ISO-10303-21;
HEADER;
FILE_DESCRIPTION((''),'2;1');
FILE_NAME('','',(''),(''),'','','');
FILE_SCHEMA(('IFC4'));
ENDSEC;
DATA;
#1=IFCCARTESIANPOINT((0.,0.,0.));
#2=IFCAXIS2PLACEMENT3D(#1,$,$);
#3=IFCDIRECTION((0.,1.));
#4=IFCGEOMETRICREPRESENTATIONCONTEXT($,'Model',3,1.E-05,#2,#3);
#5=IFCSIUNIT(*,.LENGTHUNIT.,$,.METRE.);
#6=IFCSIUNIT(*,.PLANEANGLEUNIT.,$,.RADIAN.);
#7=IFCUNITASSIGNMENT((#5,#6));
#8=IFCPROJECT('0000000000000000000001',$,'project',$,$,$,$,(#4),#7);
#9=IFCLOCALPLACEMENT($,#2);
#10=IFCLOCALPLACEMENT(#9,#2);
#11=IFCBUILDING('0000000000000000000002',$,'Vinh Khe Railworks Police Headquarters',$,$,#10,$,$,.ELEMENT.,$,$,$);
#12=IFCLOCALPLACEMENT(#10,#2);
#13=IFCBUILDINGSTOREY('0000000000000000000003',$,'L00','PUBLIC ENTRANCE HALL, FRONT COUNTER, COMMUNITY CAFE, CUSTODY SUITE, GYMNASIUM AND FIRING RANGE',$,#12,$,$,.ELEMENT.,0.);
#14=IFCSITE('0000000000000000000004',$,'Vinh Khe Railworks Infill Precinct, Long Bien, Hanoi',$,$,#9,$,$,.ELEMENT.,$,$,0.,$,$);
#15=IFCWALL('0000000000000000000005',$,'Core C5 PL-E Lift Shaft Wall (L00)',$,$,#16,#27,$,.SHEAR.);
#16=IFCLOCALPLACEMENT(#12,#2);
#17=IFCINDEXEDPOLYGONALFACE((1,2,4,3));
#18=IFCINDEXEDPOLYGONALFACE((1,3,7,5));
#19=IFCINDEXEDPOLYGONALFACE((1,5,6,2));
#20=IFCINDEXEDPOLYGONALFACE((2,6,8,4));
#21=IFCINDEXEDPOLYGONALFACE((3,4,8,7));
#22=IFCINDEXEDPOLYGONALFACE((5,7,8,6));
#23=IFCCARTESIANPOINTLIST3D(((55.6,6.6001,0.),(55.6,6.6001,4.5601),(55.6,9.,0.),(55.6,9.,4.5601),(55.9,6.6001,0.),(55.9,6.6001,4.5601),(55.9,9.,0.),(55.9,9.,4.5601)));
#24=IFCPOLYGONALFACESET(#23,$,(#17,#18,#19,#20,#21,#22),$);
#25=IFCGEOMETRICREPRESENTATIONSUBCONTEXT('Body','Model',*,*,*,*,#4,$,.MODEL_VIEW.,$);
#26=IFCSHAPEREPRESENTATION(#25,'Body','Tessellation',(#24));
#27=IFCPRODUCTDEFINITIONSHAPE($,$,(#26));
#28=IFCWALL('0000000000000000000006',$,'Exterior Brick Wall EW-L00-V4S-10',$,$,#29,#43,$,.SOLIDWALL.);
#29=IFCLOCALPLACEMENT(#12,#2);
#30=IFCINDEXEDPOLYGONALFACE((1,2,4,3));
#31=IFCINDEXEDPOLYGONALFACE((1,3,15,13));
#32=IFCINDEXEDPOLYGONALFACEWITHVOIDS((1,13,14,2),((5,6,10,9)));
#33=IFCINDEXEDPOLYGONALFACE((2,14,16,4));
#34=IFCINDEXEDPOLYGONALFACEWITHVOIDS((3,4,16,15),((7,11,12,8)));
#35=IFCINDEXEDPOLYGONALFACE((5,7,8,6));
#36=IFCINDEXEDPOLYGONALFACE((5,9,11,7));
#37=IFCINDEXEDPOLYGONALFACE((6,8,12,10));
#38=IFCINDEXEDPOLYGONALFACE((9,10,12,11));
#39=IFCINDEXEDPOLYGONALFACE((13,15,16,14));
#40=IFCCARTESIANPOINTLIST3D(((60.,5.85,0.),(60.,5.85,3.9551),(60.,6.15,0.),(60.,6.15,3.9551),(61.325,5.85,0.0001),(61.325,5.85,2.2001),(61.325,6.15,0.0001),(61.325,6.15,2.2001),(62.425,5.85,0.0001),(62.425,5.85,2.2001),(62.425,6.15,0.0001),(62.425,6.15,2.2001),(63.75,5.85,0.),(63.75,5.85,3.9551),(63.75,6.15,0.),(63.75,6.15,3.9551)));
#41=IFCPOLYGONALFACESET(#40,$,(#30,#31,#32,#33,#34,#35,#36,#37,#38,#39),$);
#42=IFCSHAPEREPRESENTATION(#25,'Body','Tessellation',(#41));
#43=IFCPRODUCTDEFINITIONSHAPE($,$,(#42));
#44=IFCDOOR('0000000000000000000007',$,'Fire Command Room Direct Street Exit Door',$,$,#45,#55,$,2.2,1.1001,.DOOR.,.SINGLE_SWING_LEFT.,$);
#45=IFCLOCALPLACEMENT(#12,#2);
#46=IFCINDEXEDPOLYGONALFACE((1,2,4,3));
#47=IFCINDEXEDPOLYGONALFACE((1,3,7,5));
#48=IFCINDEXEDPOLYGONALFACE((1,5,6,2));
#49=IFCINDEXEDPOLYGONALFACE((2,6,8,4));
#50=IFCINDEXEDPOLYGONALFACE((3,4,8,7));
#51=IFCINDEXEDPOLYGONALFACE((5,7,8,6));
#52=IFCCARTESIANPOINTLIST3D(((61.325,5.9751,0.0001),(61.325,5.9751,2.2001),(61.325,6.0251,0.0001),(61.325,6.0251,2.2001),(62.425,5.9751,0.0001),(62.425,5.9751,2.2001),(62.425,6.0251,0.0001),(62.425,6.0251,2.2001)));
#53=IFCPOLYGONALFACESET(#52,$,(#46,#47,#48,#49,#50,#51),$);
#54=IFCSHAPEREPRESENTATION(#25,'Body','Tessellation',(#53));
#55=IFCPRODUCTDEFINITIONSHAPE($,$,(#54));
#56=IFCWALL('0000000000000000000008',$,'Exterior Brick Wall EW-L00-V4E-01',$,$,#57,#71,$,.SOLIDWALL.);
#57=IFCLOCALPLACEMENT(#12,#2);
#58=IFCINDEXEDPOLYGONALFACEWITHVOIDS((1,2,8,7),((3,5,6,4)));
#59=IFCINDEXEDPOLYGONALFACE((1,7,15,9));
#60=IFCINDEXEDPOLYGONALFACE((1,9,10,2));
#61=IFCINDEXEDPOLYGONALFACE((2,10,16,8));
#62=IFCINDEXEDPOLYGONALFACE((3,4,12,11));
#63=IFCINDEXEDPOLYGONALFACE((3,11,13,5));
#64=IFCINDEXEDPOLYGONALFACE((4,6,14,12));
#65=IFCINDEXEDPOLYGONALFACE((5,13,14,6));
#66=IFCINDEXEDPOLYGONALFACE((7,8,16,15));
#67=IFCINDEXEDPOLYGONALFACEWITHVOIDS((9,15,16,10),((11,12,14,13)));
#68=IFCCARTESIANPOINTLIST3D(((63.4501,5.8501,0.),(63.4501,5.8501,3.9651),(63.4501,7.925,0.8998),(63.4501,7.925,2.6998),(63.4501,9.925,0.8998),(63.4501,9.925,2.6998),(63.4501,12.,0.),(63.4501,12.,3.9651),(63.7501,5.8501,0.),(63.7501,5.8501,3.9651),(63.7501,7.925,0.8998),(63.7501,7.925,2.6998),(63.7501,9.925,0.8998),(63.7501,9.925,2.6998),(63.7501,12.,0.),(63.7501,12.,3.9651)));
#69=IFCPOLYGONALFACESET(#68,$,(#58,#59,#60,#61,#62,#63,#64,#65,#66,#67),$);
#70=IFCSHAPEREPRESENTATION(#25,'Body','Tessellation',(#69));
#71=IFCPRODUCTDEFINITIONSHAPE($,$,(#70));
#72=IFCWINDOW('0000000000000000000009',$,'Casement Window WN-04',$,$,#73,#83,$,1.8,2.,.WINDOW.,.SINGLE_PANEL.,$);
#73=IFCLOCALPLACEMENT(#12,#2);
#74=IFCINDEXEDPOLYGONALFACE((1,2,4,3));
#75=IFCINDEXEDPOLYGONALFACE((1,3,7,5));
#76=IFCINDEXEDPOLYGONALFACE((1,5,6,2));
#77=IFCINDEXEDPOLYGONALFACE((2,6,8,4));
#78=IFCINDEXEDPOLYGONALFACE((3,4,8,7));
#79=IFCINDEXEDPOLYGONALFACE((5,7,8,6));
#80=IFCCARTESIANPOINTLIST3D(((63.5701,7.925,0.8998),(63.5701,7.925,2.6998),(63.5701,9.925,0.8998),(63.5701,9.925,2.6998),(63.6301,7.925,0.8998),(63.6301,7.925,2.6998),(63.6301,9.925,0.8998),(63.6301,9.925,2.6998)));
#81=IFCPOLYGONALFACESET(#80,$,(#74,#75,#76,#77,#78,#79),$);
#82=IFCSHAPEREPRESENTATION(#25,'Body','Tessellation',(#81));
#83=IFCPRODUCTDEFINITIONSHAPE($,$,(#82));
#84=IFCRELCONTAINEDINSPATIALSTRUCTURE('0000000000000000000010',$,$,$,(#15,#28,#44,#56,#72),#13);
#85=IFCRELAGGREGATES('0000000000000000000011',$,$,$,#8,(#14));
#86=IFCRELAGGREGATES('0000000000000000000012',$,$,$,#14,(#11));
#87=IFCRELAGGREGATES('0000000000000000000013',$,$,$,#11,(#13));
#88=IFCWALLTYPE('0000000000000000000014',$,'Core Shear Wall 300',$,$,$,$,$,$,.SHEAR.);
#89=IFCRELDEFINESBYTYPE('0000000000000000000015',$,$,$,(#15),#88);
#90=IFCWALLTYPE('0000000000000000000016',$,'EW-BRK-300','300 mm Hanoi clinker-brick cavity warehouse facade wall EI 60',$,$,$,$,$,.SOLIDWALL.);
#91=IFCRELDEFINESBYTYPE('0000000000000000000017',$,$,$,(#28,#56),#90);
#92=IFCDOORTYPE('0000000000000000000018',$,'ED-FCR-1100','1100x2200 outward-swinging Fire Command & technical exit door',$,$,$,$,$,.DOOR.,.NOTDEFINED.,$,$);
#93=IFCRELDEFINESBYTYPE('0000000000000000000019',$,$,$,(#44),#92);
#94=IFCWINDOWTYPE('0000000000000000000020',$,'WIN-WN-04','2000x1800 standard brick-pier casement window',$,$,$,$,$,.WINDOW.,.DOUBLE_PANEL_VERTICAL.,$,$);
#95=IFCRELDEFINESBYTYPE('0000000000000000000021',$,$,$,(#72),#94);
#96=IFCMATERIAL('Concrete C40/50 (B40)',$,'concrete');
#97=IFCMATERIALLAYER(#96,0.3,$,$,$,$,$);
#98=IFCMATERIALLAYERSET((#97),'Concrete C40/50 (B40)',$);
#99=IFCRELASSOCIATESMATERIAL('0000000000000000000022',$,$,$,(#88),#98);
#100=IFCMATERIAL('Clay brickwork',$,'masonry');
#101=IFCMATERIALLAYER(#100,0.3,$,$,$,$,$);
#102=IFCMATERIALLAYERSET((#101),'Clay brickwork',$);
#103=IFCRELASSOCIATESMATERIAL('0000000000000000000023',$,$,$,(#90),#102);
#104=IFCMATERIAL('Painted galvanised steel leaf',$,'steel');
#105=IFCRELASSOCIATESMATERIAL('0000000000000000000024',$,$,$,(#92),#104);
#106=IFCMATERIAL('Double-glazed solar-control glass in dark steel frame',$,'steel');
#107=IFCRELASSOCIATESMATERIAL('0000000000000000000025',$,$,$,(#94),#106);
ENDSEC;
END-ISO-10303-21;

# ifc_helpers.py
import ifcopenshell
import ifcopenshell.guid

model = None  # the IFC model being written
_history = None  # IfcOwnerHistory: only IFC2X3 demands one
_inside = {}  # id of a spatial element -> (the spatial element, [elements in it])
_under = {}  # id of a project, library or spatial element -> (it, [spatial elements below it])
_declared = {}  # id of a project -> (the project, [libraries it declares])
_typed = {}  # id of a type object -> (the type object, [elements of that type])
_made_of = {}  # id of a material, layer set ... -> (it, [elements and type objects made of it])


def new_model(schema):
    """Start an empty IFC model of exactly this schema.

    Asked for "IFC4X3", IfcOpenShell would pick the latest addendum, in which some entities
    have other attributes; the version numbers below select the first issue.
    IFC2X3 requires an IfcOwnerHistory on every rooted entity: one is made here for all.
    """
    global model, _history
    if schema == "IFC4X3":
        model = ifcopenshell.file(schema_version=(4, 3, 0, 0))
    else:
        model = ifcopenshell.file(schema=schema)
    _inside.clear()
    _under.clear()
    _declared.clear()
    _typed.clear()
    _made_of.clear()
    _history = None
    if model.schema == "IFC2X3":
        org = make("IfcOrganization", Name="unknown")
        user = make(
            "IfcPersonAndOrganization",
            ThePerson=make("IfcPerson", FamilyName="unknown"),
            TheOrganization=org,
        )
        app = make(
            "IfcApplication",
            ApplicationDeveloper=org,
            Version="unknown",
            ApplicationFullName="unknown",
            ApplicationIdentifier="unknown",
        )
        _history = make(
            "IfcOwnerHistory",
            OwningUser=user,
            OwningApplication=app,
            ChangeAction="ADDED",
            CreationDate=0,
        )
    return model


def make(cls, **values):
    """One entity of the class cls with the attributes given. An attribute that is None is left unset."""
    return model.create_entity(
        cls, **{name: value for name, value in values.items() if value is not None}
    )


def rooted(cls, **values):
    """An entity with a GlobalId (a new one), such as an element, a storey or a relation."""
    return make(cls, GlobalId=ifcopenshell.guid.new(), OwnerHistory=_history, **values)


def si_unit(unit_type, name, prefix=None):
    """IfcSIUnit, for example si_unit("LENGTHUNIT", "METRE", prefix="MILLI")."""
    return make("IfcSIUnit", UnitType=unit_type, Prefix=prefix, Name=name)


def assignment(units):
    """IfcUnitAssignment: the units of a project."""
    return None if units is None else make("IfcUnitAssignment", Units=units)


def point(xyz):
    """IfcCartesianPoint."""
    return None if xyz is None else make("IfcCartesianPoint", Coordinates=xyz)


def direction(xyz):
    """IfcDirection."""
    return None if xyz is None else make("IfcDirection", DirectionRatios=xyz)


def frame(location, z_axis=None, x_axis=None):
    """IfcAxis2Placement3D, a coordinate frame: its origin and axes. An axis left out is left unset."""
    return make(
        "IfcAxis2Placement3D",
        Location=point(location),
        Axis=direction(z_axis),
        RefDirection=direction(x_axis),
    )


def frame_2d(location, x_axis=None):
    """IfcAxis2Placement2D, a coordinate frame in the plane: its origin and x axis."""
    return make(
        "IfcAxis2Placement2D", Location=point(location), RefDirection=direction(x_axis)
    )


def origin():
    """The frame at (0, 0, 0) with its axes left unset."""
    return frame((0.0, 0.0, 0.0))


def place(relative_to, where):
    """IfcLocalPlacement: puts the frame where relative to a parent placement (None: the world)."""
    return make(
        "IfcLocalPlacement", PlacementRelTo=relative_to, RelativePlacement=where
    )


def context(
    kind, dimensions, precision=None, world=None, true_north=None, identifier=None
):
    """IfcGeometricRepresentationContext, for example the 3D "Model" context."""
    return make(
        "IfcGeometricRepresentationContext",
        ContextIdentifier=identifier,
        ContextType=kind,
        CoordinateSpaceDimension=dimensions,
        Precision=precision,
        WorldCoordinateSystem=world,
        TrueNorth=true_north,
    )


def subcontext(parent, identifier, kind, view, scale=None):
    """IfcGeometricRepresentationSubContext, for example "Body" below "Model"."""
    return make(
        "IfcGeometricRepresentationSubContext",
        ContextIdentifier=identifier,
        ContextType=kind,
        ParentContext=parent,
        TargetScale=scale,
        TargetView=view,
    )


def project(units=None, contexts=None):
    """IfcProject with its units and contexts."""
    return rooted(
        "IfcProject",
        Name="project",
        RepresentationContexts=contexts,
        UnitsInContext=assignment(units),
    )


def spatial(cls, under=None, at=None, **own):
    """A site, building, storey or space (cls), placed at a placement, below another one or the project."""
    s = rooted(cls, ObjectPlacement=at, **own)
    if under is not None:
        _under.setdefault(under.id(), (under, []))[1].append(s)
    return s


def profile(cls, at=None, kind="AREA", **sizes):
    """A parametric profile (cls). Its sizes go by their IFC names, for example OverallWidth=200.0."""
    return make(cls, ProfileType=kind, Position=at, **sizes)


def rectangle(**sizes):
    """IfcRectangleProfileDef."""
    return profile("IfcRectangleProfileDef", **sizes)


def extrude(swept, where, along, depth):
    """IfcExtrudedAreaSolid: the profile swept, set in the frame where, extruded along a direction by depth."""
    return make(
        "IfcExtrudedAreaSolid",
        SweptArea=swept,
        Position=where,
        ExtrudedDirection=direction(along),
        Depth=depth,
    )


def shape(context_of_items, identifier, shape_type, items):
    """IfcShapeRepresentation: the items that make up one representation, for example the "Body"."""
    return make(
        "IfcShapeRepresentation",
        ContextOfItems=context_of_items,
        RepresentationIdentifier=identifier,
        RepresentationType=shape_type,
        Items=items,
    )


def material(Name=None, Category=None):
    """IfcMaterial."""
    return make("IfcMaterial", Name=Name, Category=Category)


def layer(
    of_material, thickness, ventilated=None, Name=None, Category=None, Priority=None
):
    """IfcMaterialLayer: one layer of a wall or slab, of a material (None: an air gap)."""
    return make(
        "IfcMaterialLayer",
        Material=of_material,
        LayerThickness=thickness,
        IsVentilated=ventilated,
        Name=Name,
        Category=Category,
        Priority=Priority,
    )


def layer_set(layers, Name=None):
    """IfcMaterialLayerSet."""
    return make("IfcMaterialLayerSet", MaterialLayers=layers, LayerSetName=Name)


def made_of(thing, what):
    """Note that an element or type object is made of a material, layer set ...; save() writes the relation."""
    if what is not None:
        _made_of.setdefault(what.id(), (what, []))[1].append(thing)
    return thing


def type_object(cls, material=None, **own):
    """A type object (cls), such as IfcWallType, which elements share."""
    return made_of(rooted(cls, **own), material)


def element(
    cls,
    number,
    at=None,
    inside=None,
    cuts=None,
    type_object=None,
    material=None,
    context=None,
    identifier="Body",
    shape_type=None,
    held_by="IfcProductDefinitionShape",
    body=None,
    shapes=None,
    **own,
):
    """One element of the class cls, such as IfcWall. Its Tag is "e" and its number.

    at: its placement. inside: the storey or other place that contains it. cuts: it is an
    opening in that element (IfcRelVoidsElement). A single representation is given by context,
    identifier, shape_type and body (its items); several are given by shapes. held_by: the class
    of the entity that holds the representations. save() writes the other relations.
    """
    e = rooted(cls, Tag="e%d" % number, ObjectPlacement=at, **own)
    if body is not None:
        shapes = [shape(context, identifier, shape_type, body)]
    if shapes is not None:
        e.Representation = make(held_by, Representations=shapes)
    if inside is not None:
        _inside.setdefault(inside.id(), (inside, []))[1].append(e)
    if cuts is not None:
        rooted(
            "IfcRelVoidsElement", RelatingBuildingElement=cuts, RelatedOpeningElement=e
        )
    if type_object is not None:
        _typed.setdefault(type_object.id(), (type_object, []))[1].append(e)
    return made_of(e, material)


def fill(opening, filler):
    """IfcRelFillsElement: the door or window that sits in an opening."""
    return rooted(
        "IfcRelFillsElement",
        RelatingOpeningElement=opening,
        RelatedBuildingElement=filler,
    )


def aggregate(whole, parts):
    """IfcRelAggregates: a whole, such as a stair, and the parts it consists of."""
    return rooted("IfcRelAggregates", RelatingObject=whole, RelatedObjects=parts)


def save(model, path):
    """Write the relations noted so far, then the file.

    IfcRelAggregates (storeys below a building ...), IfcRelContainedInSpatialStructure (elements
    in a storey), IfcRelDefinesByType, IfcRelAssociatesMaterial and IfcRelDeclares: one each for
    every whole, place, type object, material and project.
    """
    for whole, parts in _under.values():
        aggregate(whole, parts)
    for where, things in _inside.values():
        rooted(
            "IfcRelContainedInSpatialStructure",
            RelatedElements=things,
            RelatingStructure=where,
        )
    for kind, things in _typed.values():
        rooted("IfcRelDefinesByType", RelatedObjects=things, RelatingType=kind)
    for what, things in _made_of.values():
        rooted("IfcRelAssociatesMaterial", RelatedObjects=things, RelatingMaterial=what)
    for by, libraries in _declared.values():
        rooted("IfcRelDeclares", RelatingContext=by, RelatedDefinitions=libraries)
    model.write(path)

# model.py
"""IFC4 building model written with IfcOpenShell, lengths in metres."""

from ifc_helpers import new_model, si_unit, direction, frame, frame_2d, origin, place, context, subcontext, project, spatial, rectangle, extrude, material, layer, layer_set, type_object, element, fill, save


model = new_model("IFC4")

# Units and contexts
model_context = context("Model", 3, precision=1e-05, world=origin(), true_north=direction((0.0, 1.0)))
body_context = subcontext(model_context, "Body", "Model", "MODEL_VIEW")
ifc_project = project(units=[si_unit("LENGTHUNIT", "METRE"), si_unit("PLANEANGLEUNIT", "RADIAN")], contexts=[model_context])

# Site, building, storey
site_placement = place(None, origin())
site = spatial("IfcSite", under=ifc_project, at=site_placement, Name="Vinh Khe Railworks Infill Precinct, Long Bien, Hanoi", CompositionType="ELEMENT", RefElevation=0.0)
building_placement = place(site_placement, origin())
building = spatial("IfcBuilding", under=site, at=building_placement, Name="Vinh Khe Railworks Police Headquarters", CompositionType="ELEMENT")
storey_placement = place(building_placement, origin())
storey = spatial("IfcBuildingStorey", under=building, at=storey_placement, Name="L00", Description="PUBLIC ENTRANCE HALL, FRONT COUNTER, COMMUNITY CAFE, CUSTODY SUITE, GYMNASIUM AND FIRING RANGE", CompositionType="ELEMENT", Elevation=0.0)

# Shared definitions
ifc_material_1 = material(Name="Concrete C40/50 (B40)", Category="concrete")

# Shared definitions
ifc_layer_1 = layer(ifc_material_1, 0.3)
ifc_layer_set_1 = layer_set([ifc_layer_1], Name="Concrete C40/50 (B40)")
wall_type_1 = type_object("IfcWallType", Name="Core Shear Wall 300", PredefinedType="SHEAR", material=ifc_layer_set_1)

# Wall
wall_1_placement = place(storey_placement, frame((55.75, 6.6001, 0.0), z_axis=(0.0, 0.0, 1.0), x_axis=(0.0, 1.0, 0.0)))
element("IfcWall", 1, at=wall_1_placement, inside=storey, type_object=wall_type_1, Name="Core C5 PL-E Lift Shaft Wall (L00)", PredefinedType="SHEAR", context=body_context, shape_type="SweptSolid", body=[
    extrude(rectangle(XDim=2.3999, YDim=0.3, at=frame_2d((1.2, 0.0))), origin(), (0.0, 0.0, 1.0), 4.5601),
])

# Wall, opening, door
ifc_material_2 = material(Name="Clay brickwork", Category="masonry")
ifc_layer_2 = layer(ifc_material_2, 0.3)
ifc_layer_set_2 = layer_set([ifc_layer_2], Name="Clay brickwork")
wall_type_2 = type_object("IfcWallType", Name="EW-BRK-300", Description="300 mm Hanoi clinker-brick cavity warehouse facade wall EI 60", PredefinedType="SOLIDWALL", material=ifc_layer_set_2)
wall_2_placement = place(storey_placement, frame((60.0, 6.0, 0.0), z_axis=(0.0, 0.0, 1.0), x_axis=(1.0, 0.0, 0.0)))
wall_2 = element("IfcWall", 2, at=wall_2_placement, inside=storey, type_object=wall_type_2, Name="Exterior Brick Wall EW-L00-V4S-10", PredefinedType="SOLIDWALL", context=body_context, shape_type="SweptSolid", body=[
    extrude(rectangle(XDim=3.75, YDim=0.3, at=frame_2d((1.875, 0.0))), origin(), (0.0, 0.0, 1.0), 3.9551),
])
opening_1_placement = place(wall_2_placement, frame((1.325, 0.0, 0.0)))
opening_1 = element("IfcOpeningElement", 3, at=opening_1_placement, cuts=wall_2, PredefinedType="OPENING", context=body_context, shape_type="SweptSolid", body=[
    extrude(rectangle(XDim=1.1001, YDim=2.2, at=frame_2d((0.55, 1.1001))), frame((0.0, 0.165, 0.0), z_axis=(0.0, -1.0, 0.0), x_axis=(1.0, 0.0, 0.0)), (0.0, 0.0, 1.0), 0.3298),
])
ifc_material_3 = material(Name="Painted galvanised steel leaf", Category="steel")
door_type_1 = type_object("IfcDoorType", Name="ED-FCR-1100", Description="1100x2200 outward-swinging Fire Command & technical exit door", OperationType="NOTDEFINED", PredefinedType="DOOR", material=ifc_material_3)
door_1_placement = place(opening_1_placement, frame((1.1001, 0.0, 0.0), z_axis=(0.0, 0.0, 1.0), x_axis=(-1.0, 0.0, 0.0)))
door_1 = element("IfcDoor", 4, at=door_1_placement, inside=storey, type_object=door_type_1, Name="Fire Command Room Direct Street Exit Door", OperationType="SINGLE_SWING_LEFT", OverallHeight=2.2, OverallWidth=1.1001, PredefinedType="DOOR", context=body_context, shape_type="SweptSolid", body=[
    extrude(rectangle(XDim=1.1001, YDim=2.2, at=frame_2d((0.55, 1.1001))), frame((0.0, 0.0249, 0.0), z_axis=(0.0, -1.0, 0.0), x_axis=(1.0, 0.0, 0.0)), (0.0, 0.0, 1.0), 0.05),
])
fill(opening_1, door_1)

# Wall, opening, window
wall_3_placement = place(storey_placement, frame((63.6001, 5.8501, 0.0), z_axis=(0.0, 0.0, 1.0), x_axis=(0.0, 1.0, 0.0)))
wall_3 = element("IfcWall", 5, at=wall_3_placement, inside=storey, type_object=wall_type_2, Name="Exterior Brick Wall EW-L00-V4E-01", PredefinedType="SOLIDWALL", context=body_context, shape_type="SweptSolid", body=[
    extrude(rectangle(XDim=6.1499, YDim=0.3, at=frame_2d((3.075, 0.0))), origin(), (0.0, 0.0, 1.0), 3.9651),
])
opening_2_placement = place(wall_3_placement, frame((2.075, 0.0, 0.8999)))
opening_2 = element("IfcOpeningElement", 6, at=opening_2_placement, cuts=wall_3, PredefinedType="OPENING", context=body_context, shape_type="SweptSolid", body=[
    extrude(rectangle(XDim=2.0, YDim=1.8, at=frame_2d((1.0, 0.8999))), frame((0.0, 0.165, 0.0), z_axis=(0.0, -1.0, 0.0), x_axis=(1.0, 0.0, 0.0)), (0.0, 0.0, 1.0), 0.3298),
])
ifc_material_4 = material(Name="Double-glazed solar-control glass in dark steel frame", Category="steel")
window_type = type_object("IfcWindowType", Name="WIN-WN-04", Description="2000x1800 standard brick-pier casement window", PartitioningType="DOUBLE_PANEL_VERTICAL", PredefinedType="WINDOW", material=ifc_material_4)
window_placement = place(opening_2_placement, origin())
window = element("IfcWindow", 7, at=window_placement, inside=storey, type_object=window_type, Name="Casement Window WN-04", OverallHeight=1.8, OverallWidth=2.0, PartitioningType="SINGLE_PANEL", PredefinedType="WINDOW", context=body_context, shape_type="SweptSolid", body=[
    extrude(rectangle(XDim=2.0, YDim=1.8, at=frame_2d((1.0, 0.8999))), frame((0.0, 0.03, 0.0), z_axis=(0.0, -1.0, 0.0), x_axis=(1.0, 0.0, 0.0)), (0.0, 0.0, 1.0), 0.0601),
])
fill(opening_2, window)

save(model, "model.ifc")
